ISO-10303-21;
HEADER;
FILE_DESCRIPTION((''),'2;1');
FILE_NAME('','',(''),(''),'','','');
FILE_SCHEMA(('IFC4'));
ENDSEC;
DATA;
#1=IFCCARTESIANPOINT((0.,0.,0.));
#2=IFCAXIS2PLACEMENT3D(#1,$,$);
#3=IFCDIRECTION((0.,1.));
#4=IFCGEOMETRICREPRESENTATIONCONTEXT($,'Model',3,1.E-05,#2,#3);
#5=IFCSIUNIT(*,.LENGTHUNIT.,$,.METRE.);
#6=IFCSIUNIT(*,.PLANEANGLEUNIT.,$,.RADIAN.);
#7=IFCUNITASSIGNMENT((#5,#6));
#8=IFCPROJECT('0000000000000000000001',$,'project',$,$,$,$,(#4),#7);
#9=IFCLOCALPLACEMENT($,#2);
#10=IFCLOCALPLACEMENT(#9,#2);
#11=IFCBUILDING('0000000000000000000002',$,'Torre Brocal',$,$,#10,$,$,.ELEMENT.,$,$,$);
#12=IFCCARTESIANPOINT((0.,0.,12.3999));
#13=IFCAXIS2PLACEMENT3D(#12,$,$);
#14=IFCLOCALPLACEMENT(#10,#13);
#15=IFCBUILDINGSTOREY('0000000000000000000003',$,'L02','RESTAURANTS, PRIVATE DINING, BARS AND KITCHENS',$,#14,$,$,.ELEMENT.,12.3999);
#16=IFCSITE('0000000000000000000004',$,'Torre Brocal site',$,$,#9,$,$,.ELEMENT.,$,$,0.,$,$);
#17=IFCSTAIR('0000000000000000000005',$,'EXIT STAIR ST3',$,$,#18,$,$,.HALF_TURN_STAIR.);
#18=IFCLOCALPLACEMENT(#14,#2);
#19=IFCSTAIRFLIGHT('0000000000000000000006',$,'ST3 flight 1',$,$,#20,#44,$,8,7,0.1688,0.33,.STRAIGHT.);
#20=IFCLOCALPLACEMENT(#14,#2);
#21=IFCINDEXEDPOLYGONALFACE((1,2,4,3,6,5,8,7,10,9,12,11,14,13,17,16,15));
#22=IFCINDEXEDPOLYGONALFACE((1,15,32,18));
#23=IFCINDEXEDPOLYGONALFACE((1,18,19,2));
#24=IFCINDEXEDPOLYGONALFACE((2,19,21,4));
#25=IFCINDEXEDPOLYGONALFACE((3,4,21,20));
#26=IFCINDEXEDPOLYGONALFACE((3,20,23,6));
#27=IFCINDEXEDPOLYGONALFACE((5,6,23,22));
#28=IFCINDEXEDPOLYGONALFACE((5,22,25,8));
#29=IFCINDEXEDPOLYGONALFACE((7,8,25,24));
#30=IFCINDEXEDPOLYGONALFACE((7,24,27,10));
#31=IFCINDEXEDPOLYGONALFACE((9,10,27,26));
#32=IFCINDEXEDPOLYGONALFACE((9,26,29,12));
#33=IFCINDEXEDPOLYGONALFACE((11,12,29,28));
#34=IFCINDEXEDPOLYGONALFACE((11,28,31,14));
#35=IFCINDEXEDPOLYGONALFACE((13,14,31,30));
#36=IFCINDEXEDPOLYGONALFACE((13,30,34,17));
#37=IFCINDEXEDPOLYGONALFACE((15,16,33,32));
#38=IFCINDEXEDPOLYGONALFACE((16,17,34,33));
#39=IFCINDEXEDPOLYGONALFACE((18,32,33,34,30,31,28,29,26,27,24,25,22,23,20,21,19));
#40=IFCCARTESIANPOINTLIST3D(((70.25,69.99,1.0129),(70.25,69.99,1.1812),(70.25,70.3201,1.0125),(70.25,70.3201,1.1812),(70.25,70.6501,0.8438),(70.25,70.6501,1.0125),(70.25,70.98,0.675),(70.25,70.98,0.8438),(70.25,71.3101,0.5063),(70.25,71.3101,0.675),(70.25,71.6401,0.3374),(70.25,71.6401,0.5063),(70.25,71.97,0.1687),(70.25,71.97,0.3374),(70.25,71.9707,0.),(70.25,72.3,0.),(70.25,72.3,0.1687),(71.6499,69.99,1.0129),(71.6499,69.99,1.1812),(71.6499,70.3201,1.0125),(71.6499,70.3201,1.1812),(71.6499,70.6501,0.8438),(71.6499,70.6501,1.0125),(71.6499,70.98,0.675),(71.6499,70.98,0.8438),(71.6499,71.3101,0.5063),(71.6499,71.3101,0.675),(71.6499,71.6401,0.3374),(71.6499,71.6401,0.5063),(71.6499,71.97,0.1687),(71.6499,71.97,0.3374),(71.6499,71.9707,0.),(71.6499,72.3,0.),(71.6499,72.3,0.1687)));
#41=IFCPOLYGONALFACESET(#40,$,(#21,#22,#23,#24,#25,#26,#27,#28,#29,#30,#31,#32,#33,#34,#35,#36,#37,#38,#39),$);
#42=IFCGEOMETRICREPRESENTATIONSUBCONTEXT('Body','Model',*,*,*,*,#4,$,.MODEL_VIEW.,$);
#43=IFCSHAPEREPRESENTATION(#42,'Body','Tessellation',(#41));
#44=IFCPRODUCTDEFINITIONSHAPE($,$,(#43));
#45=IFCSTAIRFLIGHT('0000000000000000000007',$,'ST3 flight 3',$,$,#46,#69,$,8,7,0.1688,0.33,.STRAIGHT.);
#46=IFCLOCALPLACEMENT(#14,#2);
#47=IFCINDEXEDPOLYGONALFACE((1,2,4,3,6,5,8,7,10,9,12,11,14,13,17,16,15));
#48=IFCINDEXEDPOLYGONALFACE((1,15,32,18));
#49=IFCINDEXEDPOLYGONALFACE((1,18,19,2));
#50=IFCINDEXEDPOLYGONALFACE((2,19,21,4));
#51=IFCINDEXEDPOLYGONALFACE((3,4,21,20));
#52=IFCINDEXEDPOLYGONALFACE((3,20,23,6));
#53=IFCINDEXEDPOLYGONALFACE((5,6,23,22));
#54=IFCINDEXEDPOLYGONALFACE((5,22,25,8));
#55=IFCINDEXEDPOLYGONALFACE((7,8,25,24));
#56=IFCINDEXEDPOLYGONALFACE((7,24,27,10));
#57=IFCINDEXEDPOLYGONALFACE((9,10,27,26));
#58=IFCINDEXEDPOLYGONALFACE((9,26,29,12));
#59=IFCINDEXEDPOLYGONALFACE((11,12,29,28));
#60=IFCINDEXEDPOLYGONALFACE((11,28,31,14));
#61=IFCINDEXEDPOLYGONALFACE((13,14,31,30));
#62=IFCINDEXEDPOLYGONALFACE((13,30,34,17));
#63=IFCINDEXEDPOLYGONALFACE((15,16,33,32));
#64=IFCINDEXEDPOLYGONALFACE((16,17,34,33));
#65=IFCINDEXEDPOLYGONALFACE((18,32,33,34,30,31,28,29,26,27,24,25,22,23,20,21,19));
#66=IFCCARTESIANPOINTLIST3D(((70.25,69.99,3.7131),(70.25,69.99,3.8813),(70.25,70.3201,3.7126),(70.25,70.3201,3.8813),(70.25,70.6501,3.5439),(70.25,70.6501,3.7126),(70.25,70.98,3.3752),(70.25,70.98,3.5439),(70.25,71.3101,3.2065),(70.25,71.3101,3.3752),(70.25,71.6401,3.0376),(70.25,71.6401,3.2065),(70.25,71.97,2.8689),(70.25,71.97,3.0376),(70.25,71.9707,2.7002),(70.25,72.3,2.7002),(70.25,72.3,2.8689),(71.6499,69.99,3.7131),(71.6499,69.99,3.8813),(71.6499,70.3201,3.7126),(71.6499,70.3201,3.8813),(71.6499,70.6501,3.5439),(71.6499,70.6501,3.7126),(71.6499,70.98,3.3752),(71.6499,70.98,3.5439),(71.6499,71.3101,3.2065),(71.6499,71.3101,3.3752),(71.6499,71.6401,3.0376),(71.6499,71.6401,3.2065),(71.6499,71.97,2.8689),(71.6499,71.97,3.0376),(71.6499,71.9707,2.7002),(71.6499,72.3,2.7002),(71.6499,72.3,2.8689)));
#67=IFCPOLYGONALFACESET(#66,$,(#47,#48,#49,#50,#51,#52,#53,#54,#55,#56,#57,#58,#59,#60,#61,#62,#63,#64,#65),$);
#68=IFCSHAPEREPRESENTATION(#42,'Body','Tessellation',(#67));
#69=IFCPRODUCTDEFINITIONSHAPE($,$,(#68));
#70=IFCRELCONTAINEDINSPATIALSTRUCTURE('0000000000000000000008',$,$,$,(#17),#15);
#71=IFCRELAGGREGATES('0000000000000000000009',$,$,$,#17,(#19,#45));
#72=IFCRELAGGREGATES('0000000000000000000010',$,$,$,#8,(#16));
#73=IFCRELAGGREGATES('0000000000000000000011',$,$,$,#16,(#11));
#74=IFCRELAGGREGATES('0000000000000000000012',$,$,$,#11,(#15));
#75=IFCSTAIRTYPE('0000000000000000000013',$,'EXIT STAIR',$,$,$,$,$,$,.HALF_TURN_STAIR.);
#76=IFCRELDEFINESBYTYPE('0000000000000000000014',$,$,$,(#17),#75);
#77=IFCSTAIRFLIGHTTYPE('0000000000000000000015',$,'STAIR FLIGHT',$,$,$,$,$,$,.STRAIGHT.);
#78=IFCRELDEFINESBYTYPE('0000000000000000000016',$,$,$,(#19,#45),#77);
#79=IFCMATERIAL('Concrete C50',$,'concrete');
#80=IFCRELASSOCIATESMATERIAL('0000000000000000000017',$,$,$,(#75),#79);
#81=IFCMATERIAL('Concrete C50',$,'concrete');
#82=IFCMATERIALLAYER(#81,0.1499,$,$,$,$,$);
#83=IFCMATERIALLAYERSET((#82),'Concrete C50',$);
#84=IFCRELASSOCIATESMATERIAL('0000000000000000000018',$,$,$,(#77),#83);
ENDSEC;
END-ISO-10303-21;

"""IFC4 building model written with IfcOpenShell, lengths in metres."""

from ifc_helpers import new_model, si_unit, direction, frame, origin, place, context, subcontext, project, spatial, polyline, outline, extrude, material, layer, layer_set, type_object, element, aggregate, save


model = new_model("IFC4")

# Units and contexts
model_context = context("Model", 3, precision=1e-05, world=origin(), true_north=direction((0.0, 1.0)))
body_context = subcontext(model_context, "Body", "Model", "MODEL_VIEW")
ifc_project = project(units=[si_unit("LENGTHUNIT", "METRE"), si_unit("PLANEANGLEUNIT", "RADIAN")], contexts=[model_context])

# Site, building, storey
site_placement = place(None, origin())
site = spatial("IfcSite", under=ifc_project, at=site_placement, Name="Torre Brocal site", CompositionType="ELEMENT", RefElevation=0.0)
building_placement = place(site_placement, origin())
building = spatial("IfcBuilding", under=site, at=building_placement, Name="Torre Brocal", CompositionType="ELEMENT")
storey_placement = place(building_placement, frame((0.0, 0.0, 12.3999)))
storey = spatial("IfcBuildingStorey", under=building, at=storey_placement, Name="L02", Description="RESTAURANTS, PRIVATE DINING, BARS AND KITCHENS", CompositionType="ELEMENT", Elevation=12.3999)

# Stair, stair flights
ifc_material_1 = material(Name="Concrete C50", Category="concrete")
stair_type = type_object("IfcStairType", Name="EXIT STAIR", PredefinedType="HALF_TURN_STAIR", material=ifc_material_1)
stair_placement = place(storey_placement, origin())
stair = element("IfcStair", 1, at=stair_placement, inside=storey, type_object=stair_type, Name="EXIT STAIR ST3", PredefinedType="HALF_TURN_STAIR")
ifc_material_2 = material(Name="Concrete C50", Category="concrete")
ifc_layer_1 = layer(ifc_material_2, 0.1499)
ifc_layer_set_1 = layer_set([ifc_layer_1], Name="Concrete C50")
stair_flight_type = type_object("IfcStairFlightType", Name="STAIR FLIGHT", PredefinedType="STRAIGHT", material=ifc_layer_set_1)
stair_flight_1_placement = place(storey_placement, frame((70.95, 72.3, 0.0), z_axis=(0.0, 0.0, 1.0), x_axis=(0.0, -1.0, 0.0)))
stair_flight_1 = element("IfcStairFlight", 2, at=stair_flight_1_placement, type_object=stair_flight_type, Name="ST3 flight 1", NumberOfRisers=8, NumberOfTreads=7, PredefinedType="STRAIGHT", RiserHeight=0.1688, TreadLength=0.33, context=body_context, shape_type="SweptSolid", body=[
    extrude(outline(polyline([(0.0, 0.0), (0.0, 0.1687), (0.3301, 0.1687), (0.3301, 0.3374), (0.6599, 0.3374), (0.6599, 0.5063), (0.99, 0.5063), (0.99, 0.675), (1.3201, 0.675), (1.3201, 0.8438), (1.6499, 0.8438), (1.6499, 1.0125), (1.98, 1.0125), (1.98, 1.1812), (2.3101, 1.1812), (2.3101, 1.3501), (2.3101, 1.0129), (0.3293, 0.0), (0.0, 0.0)])), frame((0.0, 0.7, 0.0), z_axis=(0.0, -1.0, 0.0), x_axis=(1.0, 0.0, 0.0)), (0.0, 0.0, 1.0), 1.3999),
])
stair_flight_2_placement = place(storey_placement, frame((70.95, 72.3, 2.7002), z_axis=(0.0, 0.0, 1.0), x_axis=(0.0, -1.0, 0.0)))
stair_flight_2 = element("IfcStairFlight", 3, at=stair_flight_2_placement, type_object=stair_flight_type, Name="ST3 flight 3", NumberOfRisers=8, NumberOfTreads=7, PredefinedType="STRAIGHT", RiserHeight=0.1688, TreadLength=0.33, context=body_context, shape_type="SweptSolid", body=[
    extrude(outline(polyline([(0.0, 0.0), (0.0, 0.1687), (0.3301, 0.1687), (0.3301, 0.3374), (0.6599, 0.3374), (0.6599, 0.5063), (0.99, 0.5063), (0.99, 0.675), (1.3201, 0.675), (1.3201, 0.8438), (1.6499, 0.8438), (1.6499, 1.0125), (1.98, 1.0125), (1.98, 1.1812), (2.3101, 1.1812), (2.3101, 1.3501), (2.3101, 1.0129), (0.3293, 0.0), (0.0, 0.0)])), frame((0.0, 0.7, 0.0), z_axis=(0.0, -1.0, 0.0), x_axis=(1.0, 0.0, 0.0)), (0.0, 0.0, 1.0), 1.3999),
])
aggregate(stair, [stair_flight_1, stair_flight_2])

save(model, "model.ifc")
